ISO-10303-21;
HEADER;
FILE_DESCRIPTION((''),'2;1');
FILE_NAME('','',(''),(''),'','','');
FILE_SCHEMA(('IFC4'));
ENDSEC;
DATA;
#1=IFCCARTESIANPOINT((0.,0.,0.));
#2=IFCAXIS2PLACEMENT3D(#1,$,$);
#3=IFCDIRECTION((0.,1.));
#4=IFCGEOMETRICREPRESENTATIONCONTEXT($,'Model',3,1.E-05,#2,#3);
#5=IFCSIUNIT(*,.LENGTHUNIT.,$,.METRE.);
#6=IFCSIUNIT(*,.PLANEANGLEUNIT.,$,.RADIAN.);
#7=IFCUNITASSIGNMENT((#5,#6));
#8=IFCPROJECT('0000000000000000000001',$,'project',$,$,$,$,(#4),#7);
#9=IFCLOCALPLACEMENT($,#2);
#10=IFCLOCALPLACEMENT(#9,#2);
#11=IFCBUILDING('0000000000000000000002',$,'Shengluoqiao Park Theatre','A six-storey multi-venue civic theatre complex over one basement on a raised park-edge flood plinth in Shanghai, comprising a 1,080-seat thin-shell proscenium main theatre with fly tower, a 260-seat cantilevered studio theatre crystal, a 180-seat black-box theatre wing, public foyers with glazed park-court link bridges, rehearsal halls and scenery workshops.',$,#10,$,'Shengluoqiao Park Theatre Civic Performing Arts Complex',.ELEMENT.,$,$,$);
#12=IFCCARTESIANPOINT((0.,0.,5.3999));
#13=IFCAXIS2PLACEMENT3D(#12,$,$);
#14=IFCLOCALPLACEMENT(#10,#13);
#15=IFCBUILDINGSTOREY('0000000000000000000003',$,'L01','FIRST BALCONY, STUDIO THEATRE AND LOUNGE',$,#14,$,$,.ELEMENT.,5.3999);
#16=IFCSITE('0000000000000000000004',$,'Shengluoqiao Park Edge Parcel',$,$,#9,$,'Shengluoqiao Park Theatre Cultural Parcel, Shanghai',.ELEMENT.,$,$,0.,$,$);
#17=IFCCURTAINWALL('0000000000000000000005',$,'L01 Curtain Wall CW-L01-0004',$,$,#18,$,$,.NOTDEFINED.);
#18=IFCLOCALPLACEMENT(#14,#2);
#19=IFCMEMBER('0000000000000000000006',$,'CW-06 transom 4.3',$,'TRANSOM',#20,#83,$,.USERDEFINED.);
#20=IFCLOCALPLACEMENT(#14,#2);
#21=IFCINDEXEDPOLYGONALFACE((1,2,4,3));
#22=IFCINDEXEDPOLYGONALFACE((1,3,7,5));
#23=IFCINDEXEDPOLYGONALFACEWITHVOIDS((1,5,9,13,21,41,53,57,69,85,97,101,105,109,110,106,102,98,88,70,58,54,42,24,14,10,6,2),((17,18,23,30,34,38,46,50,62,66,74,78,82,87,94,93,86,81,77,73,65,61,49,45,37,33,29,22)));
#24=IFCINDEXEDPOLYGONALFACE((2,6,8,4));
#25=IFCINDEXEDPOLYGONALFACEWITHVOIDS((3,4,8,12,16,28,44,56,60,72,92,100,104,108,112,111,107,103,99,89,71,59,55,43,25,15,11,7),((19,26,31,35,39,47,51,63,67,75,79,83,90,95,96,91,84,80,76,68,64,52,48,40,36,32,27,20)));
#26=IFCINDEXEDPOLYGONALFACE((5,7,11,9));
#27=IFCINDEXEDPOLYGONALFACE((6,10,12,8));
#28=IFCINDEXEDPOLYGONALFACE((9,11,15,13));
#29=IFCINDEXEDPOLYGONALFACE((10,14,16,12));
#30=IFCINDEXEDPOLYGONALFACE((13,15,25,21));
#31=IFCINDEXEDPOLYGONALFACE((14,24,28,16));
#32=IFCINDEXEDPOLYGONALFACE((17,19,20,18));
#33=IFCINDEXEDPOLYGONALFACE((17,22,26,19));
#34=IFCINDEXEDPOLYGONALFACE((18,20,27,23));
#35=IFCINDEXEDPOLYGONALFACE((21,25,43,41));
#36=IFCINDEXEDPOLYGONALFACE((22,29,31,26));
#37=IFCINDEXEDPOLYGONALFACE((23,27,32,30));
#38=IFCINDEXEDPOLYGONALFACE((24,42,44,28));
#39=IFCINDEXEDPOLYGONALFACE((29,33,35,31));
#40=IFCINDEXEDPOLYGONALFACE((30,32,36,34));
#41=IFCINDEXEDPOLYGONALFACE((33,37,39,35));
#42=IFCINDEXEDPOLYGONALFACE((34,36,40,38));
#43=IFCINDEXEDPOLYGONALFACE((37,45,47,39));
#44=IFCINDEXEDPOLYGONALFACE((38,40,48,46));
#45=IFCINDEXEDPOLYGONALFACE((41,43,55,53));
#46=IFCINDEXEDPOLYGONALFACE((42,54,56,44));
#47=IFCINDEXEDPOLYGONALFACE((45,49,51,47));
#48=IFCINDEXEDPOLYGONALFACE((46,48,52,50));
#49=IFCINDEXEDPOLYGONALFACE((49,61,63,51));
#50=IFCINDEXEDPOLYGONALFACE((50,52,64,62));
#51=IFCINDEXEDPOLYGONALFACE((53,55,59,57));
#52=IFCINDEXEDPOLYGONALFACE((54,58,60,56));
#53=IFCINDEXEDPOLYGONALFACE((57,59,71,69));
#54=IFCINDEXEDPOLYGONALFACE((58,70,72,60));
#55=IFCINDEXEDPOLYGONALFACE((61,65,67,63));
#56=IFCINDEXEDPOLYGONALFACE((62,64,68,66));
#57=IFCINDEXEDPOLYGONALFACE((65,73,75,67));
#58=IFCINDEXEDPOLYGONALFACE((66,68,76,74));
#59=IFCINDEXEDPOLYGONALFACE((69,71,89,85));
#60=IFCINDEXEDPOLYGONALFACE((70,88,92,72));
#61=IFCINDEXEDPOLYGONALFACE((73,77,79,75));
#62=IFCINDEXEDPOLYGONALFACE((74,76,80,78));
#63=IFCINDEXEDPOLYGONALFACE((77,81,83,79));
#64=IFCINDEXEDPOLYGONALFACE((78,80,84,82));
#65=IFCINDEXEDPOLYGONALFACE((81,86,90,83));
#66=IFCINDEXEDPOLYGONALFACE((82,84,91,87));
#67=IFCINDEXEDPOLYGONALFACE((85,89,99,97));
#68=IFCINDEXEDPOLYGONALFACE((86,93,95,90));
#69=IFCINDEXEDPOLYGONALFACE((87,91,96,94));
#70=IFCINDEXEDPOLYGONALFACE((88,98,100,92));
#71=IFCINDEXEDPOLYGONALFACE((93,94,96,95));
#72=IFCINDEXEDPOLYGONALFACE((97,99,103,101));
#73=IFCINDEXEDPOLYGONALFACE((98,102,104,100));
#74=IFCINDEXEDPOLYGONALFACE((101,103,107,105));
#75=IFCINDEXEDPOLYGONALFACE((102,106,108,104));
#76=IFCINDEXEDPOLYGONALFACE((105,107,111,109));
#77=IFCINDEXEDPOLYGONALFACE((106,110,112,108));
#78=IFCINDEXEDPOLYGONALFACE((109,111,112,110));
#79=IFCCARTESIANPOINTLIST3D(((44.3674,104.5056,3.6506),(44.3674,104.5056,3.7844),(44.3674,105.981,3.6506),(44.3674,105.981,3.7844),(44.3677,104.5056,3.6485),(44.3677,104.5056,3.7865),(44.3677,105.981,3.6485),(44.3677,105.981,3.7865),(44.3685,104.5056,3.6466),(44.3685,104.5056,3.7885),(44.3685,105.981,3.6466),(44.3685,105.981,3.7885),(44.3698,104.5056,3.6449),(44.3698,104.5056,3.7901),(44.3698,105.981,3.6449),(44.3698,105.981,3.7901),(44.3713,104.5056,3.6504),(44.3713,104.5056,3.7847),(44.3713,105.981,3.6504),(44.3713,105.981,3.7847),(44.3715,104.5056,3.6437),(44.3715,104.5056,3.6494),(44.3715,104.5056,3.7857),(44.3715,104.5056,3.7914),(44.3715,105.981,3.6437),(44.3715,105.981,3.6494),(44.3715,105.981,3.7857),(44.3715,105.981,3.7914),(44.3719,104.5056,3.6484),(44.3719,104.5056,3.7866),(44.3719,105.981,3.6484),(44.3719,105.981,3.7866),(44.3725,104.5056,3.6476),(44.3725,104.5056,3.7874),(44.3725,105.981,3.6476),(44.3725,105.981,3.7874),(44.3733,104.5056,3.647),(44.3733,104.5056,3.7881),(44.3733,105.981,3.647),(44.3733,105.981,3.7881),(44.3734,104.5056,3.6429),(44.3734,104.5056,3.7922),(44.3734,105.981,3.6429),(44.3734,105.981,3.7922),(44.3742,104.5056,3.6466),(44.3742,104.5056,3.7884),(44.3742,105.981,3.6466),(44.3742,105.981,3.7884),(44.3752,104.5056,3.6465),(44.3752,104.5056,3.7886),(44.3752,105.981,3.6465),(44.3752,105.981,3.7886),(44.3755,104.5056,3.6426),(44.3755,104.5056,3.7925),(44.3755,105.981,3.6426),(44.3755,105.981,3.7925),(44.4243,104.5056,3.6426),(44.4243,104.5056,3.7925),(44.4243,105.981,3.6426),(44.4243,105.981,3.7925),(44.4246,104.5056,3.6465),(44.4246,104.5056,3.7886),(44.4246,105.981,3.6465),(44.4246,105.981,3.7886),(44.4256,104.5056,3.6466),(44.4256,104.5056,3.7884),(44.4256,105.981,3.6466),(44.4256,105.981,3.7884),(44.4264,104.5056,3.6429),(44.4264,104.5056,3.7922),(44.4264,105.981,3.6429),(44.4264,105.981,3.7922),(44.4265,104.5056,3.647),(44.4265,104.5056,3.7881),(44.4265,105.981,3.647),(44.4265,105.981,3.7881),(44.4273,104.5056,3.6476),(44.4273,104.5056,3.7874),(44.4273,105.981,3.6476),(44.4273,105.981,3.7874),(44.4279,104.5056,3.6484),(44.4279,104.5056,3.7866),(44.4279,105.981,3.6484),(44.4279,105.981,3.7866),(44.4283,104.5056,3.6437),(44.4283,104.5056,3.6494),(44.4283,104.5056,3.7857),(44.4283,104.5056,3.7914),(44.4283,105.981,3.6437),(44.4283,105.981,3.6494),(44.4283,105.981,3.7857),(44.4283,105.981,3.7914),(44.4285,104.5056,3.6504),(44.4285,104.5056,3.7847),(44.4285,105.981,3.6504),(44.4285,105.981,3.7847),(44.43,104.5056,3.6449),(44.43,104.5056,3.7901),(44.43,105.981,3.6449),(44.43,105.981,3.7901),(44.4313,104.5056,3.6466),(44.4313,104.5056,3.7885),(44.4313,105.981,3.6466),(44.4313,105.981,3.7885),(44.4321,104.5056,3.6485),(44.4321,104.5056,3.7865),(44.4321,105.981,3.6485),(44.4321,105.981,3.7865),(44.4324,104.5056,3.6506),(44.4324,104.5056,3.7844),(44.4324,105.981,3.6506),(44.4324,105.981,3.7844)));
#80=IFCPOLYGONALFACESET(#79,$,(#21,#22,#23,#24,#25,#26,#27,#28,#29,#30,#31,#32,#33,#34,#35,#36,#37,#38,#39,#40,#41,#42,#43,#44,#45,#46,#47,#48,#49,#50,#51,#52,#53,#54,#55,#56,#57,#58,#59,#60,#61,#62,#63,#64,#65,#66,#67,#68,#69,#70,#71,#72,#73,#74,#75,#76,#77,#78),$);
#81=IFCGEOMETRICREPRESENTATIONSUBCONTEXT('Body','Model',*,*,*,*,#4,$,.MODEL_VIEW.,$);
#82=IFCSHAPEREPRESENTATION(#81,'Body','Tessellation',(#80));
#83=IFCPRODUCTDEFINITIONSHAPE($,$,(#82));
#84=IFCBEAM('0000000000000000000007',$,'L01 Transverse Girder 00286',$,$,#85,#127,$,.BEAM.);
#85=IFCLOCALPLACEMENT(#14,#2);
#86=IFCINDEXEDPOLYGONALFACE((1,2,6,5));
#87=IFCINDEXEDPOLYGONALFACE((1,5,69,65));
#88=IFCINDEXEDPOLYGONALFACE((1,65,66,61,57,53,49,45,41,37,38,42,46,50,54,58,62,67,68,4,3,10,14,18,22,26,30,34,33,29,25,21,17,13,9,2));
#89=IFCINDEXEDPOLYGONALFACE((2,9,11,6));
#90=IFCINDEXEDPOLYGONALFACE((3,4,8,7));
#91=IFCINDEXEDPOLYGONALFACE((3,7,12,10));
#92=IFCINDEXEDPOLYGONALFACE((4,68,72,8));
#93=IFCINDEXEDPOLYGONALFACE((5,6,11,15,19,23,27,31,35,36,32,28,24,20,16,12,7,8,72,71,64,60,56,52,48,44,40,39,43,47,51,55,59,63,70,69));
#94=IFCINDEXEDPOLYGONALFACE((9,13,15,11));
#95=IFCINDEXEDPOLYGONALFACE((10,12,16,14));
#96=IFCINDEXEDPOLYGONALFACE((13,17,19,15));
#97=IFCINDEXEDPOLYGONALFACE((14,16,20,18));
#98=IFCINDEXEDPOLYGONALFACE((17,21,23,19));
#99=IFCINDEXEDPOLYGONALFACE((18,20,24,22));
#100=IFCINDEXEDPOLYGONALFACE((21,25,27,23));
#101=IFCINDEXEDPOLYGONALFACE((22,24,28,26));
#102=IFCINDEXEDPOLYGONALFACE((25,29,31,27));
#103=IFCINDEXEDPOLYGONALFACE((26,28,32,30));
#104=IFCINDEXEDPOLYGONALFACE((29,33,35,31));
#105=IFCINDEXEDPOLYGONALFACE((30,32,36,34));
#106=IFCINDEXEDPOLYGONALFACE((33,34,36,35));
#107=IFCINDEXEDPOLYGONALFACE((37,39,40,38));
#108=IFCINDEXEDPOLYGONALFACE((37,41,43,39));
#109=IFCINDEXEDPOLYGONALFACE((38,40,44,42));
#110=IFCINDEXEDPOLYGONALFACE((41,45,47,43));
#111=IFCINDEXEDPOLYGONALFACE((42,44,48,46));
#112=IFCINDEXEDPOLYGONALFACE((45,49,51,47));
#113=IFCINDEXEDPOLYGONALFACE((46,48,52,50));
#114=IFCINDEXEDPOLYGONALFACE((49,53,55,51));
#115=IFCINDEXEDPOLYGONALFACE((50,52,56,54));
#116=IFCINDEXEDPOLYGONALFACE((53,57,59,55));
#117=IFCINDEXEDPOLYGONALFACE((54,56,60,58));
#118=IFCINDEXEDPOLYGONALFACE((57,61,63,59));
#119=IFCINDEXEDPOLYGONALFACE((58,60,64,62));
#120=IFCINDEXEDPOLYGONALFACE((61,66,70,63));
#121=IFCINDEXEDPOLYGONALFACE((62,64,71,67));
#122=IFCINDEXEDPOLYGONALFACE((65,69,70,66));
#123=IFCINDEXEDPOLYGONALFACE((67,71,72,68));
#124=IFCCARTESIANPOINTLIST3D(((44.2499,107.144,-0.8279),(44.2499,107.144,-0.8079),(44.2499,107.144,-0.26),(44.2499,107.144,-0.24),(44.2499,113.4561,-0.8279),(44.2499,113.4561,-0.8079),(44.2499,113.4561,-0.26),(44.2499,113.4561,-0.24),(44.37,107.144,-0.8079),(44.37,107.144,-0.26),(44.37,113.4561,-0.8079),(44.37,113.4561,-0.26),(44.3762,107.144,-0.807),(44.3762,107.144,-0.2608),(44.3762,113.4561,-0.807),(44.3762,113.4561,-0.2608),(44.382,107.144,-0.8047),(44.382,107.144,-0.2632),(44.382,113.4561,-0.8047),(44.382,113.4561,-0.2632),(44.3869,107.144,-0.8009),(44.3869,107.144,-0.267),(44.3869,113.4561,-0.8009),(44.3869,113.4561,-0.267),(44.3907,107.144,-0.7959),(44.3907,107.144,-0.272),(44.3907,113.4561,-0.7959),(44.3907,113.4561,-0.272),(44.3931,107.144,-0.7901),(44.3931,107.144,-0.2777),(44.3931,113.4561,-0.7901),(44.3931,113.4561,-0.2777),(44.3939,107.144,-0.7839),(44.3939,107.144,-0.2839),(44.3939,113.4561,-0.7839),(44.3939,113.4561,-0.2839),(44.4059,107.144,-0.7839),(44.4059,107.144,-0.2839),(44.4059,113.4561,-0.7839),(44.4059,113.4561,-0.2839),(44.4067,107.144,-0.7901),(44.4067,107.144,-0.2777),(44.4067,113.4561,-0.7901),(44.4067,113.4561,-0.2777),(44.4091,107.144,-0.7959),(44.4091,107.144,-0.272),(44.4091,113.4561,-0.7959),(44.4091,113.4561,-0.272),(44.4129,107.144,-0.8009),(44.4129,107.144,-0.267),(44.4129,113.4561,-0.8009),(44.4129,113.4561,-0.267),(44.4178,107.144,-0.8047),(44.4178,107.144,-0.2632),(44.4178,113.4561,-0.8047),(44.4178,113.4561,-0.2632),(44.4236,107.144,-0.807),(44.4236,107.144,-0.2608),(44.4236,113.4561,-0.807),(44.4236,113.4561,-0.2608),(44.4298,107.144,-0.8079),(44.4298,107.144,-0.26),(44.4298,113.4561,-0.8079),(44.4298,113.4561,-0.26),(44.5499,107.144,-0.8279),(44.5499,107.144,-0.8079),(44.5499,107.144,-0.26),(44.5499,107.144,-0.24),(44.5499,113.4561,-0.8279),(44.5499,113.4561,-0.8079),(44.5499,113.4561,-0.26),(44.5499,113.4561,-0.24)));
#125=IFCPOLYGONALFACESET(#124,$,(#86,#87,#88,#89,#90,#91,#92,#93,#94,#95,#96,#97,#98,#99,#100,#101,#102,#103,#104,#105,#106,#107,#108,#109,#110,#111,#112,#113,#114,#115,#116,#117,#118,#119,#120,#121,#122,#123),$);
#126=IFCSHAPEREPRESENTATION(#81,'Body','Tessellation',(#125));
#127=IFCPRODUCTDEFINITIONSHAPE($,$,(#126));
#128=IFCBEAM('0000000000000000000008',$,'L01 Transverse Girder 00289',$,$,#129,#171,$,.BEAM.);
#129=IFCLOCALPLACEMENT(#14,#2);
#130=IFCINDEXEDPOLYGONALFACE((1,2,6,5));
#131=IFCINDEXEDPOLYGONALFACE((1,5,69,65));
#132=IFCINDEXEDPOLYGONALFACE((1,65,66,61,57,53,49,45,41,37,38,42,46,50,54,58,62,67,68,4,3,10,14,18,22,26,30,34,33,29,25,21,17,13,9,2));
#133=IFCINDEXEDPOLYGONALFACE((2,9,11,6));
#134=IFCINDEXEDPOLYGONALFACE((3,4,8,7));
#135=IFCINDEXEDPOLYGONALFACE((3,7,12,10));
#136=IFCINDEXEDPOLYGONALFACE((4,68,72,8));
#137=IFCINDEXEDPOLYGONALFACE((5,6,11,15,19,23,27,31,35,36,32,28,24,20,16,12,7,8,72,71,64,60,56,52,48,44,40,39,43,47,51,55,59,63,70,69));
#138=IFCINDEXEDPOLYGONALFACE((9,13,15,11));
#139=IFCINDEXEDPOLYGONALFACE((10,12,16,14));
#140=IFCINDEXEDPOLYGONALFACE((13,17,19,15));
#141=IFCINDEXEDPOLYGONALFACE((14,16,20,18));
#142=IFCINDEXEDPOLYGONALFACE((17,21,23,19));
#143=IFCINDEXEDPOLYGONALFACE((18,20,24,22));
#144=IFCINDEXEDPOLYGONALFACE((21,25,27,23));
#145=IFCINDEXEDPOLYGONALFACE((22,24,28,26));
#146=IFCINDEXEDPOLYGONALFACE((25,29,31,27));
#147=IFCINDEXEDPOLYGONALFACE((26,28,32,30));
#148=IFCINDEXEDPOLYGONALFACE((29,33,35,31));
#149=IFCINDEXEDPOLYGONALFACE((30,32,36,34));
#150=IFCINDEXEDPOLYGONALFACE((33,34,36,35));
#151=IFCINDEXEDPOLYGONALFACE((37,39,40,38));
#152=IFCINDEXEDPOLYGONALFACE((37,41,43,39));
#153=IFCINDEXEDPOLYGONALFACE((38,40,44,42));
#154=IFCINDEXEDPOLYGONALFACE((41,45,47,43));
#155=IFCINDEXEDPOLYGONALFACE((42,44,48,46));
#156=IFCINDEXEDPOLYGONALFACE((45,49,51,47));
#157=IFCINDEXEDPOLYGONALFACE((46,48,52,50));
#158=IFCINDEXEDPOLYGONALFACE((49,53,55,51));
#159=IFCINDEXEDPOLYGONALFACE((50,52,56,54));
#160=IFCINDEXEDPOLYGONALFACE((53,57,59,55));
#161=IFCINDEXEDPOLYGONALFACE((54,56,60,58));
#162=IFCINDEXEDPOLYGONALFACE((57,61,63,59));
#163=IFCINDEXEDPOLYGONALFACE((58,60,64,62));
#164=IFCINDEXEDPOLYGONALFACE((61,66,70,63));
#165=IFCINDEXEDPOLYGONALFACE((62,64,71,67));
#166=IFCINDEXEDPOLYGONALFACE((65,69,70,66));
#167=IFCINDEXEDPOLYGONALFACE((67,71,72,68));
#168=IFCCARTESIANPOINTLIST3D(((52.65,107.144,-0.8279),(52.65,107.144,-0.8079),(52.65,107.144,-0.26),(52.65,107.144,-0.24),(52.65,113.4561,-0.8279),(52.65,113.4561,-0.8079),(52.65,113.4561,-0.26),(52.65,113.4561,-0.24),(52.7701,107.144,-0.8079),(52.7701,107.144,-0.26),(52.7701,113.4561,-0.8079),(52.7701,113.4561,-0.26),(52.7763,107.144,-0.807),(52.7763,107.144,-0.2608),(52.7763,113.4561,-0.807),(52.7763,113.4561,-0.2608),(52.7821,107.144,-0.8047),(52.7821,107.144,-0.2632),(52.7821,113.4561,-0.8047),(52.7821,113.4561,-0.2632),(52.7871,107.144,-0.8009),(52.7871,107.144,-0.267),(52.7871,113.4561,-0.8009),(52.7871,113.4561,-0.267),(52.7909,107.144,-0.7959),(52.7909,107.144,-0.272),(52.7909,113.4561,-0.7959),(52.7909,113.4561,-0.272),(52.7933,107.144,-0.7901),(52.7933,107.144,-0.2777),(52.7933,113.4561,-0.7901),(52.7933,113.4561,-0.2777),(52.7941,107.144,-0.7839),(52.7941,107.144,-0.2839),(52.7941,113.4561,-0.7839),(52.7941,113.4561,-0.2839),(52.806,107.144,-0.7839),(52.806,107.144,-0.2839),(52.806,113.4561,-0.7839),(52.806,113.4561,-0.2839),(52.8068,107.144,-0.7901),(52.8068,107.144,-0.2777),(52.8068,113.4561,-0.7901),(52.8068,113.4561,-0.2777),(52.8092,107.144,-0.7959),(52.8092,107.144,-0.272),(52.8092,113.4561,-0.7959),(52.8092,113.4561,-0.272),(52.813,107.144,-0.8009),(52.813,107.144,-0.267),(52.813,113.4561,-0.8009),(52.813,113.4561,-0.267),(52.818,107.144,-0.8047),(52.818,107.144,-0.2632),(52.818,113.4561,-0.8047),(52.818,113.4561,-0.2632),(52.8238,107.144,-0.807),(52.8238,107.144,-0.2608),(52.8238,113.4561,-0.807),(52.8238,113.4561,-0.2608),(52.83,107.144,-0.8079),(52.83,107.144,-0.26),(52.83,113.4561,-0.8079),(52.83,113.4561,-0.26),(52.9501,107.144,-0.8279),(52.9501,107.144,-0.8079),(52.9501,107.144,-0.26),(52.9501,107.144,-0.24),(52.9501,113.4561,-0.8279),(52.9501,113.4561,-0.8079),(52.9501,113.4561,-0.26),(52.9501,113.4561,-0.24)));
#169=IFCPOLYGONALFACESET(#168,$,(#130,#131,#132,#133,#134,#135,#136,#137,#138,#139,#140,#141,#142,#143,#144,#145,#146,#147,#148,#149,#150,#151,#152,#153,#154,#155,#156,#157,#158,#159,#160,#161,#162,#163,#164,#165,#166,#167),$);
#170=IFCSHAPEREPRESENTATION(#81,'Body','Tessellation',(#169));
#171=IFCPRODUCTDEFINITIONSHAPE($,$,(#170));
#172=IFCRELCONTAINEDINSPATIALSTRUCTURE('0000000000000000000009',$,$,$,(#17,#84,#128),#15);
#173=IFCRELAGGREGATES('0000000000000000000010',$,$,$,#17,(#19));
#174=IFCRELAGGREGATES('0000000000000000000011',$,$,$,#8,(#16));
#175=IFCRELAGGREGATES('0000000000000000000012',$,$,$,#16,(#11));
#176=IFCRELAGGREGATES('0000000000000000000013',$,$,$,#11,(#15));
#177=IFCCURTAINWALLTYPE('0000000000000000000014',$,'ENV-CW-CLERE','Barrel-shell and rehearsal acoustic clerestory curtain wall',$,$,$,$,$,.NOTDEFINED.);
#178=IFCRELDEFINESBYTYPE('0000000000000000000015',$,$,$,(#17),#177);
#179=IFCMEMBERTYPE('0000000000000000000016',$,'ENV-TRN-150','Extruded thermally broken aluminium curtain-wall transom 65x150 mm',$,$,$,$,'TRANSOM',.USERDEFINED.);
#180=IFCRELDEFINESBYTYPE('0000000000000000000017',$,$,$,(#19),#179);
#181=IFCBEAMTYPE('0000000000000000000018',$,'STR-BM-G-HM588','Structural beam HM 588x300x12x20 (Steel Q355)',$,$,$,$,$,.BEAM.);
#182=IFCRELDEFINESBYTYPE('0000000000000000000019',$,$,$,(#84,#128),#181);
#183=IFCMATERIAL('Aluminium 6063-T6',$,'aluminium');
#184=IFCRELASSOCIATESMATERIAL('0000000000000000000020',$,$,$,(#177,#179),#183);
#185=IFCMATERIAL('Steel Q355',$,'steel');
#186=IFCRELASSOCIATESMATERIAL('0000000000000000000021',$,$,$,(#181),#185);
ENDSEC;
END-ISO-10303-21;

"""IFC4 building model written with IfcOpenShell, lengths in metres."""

from ifc_helpers import new_model, si_unit, direction, frame, origin, origin_2d, place, context, subcontext, project, spatial, hollow_rectangle, i_section, extrude, material, material_profile, profile_set, type_object, element, aggregate, save


model = new_model("IFC4")

# Units and contexts
model_context = context("Model", 3, precision=1e-05, world=origin(), true_north=direction((0.0, 1.0)))
body_context = subcontext(model_context, "Body", "Model", "MODEL_VIEW")
ifc_project = project(units=[si_unit("LENGTHUNIT", "METRE"), si_unit("PLANEANGLEUNIT", "RADIAN")], contexts=[model_context])

# Site, building, storey
site_placement = place(None, origin())
site = spatial("IfcSite", under=ifc_project, at=site_placement, Name="Shengluoqiao Park Edge Parcel", LongName="Shengluoqiao Park Theatre Cultural Parcel, Shanghai", CompositionType="ELEMENT", RefElevation=0.0)
building_placement = place(site_placement, origin())
building = spatial("IfcBuilding", under=site, at=building_placement, Name="Shengluoqiao Park Theatre", Description="A six-storey multi-venue civic theatre complex over one basement on a raised park-edge flood plinth in Shanghai, comprising a 1,080-seat thin-shell proscenium main theatre with fly tower, a 260-seat cantilevered studio theatre crystal, a 180-seat black-box theatre wing, public foyers with glazed park-court link bridges, rehearsal halls and scenery workshops.", LongName="Shengluoqiao Park Theatre Civic Performing Arts Complex", CompositionType="ELEMENT")
storey_placement = place(building_placement, frame((0.0, 0.0, 5.3999)))
storey = spatial("IfcBuildingStorey", under=building, at=storey_placement, Name="L01", Description="FIRST BALCONY, STUDIO THEATRE AND LOUNGE", CompositionType="ELEMENT", Elevation=5.3999)

# Curtain wall, member
ifc_material_1 = material(Name="Aluminium 6063-T6", Category="aluminium")
curtain_wall_type = type_object("IfcCurtainWallType", Name="ENV-CW-CLERE", Description="Barrel-shell and rehearsal acoustic clerestory curtain wall", PredefinedType="NOTDEFINED", material=ifc_material_1)
curtain_wall_placement = place(storey_placement, origin())
curtain_wall = element("IfcCurtainWall", 1, at=curtain_wall_placement, inside=storey, type_object=curtain_wall_type, Name="L01 Curtain Wall CW-L01-0004", PredefinedType="NOTDEFINED")
ifc_material_profile_1 = material_profile(ifc_material_1, hollow_rectangle(XDim=0.0649, YDim=0.1499, WallThickness=0.0039, InnerFilletRadius=0.0039, OuterFilletRadius=0.0081, at=origin_2d()), Name="ALU TRANSOM 150x65x4")
ifc_profile_set_1 = profile_set([ifc_material_profile_1], Name="Aluminium 6063-T6")
member_type_1 = type_object("IfcMemberType", Name="ENV-TRN-150", Description="Extruded thermally broken aluminium curtain-wall transom 65x150 mm", ElementType="TRANSOM", PredefinedType="USERDEFINED", material=ifc_profile_set_1)
member_1_placement = place(storey_placement, frame((44.3999, 104.5056, 3.7175), z_axis=(0.0, 1.0, 0.0), x_axis=(-1.0, 0.0, 0.0)))
member_1 = element("IfcMember", 2, at=member_1_placement, type_object=member_type_1, Name="CW-06 transom 4.3", ObjectType="TRANSOM", PredefinedType="USERDEFINED", context=body_context, shape_type="SweptSolid", body=[
    extrude(hollow_rectangle(XDim=0.0649, YDim=0.1499, WallThickness=0.0039, InnerFilletRadius=0.0039, OuterFilletRadius=0.0081, at=origin_2d()), origin(), (0.0, 0.0, 1.0), 1.4753),
])

# Beams
ifc_material_2 = material(Name="Steel Q355", Category="steel")
ifc_material_profile_2 = material_profile(ifc_material_2, i_section(OverallWidth=0.3, OverallDepth=0.5879, WebThickness=0.012, FlangeThickness=0.02, FilletRadius=0.0239, at=origin_2d()), Name="HM 588x300x12x20")
ifc_profile_set_2 = profile_set([ifc_material_profile_2], Name="Steel Q355")
beam_type_1 = type_object("IfcBeamType", Name="STR-BM-G-HM588", Description="Structural beam HM 588x300x12x20 (Steel Q355)", PredefinedType="BEAM", material=ifc_profile_set_2)
for number, where, z_axis, x_axis, name in (
    (3, (44.3999, 107.144, -0.5339), (0.0, 1.0, 0.0), (-1.0, 0.0, 0.0), "L01 Transverse Girder 00286"),
    (4, (52.8, 107.144, -0.5339), (0.0, 1.0, 0.0), (-1.0, 0.0, 0.0), "L01 Transverse Girder 00289"),
):
    element("IfcBeam", number, at=place(storey_placement, frame(where, z_axis=z_axis, x_axis=x_axis)), inside=storey, type_object=beam_type_1, Name=name, PredefinedType="BEAM", context=body_context, shape_type="SweptSolid", body=[
        extrude(i_section(OverallWidth=0.3, OverallDepth=0.5879, WebThickness=0.012, FlangeThickness=0.02, FilletRadius=0.0239, at=origin_2d()), origin(), (0.0, 0.0, 1.0), 6.312),
    ])

aggregate(curtain_wall, [member_1])

save(model, "model.ifc")
